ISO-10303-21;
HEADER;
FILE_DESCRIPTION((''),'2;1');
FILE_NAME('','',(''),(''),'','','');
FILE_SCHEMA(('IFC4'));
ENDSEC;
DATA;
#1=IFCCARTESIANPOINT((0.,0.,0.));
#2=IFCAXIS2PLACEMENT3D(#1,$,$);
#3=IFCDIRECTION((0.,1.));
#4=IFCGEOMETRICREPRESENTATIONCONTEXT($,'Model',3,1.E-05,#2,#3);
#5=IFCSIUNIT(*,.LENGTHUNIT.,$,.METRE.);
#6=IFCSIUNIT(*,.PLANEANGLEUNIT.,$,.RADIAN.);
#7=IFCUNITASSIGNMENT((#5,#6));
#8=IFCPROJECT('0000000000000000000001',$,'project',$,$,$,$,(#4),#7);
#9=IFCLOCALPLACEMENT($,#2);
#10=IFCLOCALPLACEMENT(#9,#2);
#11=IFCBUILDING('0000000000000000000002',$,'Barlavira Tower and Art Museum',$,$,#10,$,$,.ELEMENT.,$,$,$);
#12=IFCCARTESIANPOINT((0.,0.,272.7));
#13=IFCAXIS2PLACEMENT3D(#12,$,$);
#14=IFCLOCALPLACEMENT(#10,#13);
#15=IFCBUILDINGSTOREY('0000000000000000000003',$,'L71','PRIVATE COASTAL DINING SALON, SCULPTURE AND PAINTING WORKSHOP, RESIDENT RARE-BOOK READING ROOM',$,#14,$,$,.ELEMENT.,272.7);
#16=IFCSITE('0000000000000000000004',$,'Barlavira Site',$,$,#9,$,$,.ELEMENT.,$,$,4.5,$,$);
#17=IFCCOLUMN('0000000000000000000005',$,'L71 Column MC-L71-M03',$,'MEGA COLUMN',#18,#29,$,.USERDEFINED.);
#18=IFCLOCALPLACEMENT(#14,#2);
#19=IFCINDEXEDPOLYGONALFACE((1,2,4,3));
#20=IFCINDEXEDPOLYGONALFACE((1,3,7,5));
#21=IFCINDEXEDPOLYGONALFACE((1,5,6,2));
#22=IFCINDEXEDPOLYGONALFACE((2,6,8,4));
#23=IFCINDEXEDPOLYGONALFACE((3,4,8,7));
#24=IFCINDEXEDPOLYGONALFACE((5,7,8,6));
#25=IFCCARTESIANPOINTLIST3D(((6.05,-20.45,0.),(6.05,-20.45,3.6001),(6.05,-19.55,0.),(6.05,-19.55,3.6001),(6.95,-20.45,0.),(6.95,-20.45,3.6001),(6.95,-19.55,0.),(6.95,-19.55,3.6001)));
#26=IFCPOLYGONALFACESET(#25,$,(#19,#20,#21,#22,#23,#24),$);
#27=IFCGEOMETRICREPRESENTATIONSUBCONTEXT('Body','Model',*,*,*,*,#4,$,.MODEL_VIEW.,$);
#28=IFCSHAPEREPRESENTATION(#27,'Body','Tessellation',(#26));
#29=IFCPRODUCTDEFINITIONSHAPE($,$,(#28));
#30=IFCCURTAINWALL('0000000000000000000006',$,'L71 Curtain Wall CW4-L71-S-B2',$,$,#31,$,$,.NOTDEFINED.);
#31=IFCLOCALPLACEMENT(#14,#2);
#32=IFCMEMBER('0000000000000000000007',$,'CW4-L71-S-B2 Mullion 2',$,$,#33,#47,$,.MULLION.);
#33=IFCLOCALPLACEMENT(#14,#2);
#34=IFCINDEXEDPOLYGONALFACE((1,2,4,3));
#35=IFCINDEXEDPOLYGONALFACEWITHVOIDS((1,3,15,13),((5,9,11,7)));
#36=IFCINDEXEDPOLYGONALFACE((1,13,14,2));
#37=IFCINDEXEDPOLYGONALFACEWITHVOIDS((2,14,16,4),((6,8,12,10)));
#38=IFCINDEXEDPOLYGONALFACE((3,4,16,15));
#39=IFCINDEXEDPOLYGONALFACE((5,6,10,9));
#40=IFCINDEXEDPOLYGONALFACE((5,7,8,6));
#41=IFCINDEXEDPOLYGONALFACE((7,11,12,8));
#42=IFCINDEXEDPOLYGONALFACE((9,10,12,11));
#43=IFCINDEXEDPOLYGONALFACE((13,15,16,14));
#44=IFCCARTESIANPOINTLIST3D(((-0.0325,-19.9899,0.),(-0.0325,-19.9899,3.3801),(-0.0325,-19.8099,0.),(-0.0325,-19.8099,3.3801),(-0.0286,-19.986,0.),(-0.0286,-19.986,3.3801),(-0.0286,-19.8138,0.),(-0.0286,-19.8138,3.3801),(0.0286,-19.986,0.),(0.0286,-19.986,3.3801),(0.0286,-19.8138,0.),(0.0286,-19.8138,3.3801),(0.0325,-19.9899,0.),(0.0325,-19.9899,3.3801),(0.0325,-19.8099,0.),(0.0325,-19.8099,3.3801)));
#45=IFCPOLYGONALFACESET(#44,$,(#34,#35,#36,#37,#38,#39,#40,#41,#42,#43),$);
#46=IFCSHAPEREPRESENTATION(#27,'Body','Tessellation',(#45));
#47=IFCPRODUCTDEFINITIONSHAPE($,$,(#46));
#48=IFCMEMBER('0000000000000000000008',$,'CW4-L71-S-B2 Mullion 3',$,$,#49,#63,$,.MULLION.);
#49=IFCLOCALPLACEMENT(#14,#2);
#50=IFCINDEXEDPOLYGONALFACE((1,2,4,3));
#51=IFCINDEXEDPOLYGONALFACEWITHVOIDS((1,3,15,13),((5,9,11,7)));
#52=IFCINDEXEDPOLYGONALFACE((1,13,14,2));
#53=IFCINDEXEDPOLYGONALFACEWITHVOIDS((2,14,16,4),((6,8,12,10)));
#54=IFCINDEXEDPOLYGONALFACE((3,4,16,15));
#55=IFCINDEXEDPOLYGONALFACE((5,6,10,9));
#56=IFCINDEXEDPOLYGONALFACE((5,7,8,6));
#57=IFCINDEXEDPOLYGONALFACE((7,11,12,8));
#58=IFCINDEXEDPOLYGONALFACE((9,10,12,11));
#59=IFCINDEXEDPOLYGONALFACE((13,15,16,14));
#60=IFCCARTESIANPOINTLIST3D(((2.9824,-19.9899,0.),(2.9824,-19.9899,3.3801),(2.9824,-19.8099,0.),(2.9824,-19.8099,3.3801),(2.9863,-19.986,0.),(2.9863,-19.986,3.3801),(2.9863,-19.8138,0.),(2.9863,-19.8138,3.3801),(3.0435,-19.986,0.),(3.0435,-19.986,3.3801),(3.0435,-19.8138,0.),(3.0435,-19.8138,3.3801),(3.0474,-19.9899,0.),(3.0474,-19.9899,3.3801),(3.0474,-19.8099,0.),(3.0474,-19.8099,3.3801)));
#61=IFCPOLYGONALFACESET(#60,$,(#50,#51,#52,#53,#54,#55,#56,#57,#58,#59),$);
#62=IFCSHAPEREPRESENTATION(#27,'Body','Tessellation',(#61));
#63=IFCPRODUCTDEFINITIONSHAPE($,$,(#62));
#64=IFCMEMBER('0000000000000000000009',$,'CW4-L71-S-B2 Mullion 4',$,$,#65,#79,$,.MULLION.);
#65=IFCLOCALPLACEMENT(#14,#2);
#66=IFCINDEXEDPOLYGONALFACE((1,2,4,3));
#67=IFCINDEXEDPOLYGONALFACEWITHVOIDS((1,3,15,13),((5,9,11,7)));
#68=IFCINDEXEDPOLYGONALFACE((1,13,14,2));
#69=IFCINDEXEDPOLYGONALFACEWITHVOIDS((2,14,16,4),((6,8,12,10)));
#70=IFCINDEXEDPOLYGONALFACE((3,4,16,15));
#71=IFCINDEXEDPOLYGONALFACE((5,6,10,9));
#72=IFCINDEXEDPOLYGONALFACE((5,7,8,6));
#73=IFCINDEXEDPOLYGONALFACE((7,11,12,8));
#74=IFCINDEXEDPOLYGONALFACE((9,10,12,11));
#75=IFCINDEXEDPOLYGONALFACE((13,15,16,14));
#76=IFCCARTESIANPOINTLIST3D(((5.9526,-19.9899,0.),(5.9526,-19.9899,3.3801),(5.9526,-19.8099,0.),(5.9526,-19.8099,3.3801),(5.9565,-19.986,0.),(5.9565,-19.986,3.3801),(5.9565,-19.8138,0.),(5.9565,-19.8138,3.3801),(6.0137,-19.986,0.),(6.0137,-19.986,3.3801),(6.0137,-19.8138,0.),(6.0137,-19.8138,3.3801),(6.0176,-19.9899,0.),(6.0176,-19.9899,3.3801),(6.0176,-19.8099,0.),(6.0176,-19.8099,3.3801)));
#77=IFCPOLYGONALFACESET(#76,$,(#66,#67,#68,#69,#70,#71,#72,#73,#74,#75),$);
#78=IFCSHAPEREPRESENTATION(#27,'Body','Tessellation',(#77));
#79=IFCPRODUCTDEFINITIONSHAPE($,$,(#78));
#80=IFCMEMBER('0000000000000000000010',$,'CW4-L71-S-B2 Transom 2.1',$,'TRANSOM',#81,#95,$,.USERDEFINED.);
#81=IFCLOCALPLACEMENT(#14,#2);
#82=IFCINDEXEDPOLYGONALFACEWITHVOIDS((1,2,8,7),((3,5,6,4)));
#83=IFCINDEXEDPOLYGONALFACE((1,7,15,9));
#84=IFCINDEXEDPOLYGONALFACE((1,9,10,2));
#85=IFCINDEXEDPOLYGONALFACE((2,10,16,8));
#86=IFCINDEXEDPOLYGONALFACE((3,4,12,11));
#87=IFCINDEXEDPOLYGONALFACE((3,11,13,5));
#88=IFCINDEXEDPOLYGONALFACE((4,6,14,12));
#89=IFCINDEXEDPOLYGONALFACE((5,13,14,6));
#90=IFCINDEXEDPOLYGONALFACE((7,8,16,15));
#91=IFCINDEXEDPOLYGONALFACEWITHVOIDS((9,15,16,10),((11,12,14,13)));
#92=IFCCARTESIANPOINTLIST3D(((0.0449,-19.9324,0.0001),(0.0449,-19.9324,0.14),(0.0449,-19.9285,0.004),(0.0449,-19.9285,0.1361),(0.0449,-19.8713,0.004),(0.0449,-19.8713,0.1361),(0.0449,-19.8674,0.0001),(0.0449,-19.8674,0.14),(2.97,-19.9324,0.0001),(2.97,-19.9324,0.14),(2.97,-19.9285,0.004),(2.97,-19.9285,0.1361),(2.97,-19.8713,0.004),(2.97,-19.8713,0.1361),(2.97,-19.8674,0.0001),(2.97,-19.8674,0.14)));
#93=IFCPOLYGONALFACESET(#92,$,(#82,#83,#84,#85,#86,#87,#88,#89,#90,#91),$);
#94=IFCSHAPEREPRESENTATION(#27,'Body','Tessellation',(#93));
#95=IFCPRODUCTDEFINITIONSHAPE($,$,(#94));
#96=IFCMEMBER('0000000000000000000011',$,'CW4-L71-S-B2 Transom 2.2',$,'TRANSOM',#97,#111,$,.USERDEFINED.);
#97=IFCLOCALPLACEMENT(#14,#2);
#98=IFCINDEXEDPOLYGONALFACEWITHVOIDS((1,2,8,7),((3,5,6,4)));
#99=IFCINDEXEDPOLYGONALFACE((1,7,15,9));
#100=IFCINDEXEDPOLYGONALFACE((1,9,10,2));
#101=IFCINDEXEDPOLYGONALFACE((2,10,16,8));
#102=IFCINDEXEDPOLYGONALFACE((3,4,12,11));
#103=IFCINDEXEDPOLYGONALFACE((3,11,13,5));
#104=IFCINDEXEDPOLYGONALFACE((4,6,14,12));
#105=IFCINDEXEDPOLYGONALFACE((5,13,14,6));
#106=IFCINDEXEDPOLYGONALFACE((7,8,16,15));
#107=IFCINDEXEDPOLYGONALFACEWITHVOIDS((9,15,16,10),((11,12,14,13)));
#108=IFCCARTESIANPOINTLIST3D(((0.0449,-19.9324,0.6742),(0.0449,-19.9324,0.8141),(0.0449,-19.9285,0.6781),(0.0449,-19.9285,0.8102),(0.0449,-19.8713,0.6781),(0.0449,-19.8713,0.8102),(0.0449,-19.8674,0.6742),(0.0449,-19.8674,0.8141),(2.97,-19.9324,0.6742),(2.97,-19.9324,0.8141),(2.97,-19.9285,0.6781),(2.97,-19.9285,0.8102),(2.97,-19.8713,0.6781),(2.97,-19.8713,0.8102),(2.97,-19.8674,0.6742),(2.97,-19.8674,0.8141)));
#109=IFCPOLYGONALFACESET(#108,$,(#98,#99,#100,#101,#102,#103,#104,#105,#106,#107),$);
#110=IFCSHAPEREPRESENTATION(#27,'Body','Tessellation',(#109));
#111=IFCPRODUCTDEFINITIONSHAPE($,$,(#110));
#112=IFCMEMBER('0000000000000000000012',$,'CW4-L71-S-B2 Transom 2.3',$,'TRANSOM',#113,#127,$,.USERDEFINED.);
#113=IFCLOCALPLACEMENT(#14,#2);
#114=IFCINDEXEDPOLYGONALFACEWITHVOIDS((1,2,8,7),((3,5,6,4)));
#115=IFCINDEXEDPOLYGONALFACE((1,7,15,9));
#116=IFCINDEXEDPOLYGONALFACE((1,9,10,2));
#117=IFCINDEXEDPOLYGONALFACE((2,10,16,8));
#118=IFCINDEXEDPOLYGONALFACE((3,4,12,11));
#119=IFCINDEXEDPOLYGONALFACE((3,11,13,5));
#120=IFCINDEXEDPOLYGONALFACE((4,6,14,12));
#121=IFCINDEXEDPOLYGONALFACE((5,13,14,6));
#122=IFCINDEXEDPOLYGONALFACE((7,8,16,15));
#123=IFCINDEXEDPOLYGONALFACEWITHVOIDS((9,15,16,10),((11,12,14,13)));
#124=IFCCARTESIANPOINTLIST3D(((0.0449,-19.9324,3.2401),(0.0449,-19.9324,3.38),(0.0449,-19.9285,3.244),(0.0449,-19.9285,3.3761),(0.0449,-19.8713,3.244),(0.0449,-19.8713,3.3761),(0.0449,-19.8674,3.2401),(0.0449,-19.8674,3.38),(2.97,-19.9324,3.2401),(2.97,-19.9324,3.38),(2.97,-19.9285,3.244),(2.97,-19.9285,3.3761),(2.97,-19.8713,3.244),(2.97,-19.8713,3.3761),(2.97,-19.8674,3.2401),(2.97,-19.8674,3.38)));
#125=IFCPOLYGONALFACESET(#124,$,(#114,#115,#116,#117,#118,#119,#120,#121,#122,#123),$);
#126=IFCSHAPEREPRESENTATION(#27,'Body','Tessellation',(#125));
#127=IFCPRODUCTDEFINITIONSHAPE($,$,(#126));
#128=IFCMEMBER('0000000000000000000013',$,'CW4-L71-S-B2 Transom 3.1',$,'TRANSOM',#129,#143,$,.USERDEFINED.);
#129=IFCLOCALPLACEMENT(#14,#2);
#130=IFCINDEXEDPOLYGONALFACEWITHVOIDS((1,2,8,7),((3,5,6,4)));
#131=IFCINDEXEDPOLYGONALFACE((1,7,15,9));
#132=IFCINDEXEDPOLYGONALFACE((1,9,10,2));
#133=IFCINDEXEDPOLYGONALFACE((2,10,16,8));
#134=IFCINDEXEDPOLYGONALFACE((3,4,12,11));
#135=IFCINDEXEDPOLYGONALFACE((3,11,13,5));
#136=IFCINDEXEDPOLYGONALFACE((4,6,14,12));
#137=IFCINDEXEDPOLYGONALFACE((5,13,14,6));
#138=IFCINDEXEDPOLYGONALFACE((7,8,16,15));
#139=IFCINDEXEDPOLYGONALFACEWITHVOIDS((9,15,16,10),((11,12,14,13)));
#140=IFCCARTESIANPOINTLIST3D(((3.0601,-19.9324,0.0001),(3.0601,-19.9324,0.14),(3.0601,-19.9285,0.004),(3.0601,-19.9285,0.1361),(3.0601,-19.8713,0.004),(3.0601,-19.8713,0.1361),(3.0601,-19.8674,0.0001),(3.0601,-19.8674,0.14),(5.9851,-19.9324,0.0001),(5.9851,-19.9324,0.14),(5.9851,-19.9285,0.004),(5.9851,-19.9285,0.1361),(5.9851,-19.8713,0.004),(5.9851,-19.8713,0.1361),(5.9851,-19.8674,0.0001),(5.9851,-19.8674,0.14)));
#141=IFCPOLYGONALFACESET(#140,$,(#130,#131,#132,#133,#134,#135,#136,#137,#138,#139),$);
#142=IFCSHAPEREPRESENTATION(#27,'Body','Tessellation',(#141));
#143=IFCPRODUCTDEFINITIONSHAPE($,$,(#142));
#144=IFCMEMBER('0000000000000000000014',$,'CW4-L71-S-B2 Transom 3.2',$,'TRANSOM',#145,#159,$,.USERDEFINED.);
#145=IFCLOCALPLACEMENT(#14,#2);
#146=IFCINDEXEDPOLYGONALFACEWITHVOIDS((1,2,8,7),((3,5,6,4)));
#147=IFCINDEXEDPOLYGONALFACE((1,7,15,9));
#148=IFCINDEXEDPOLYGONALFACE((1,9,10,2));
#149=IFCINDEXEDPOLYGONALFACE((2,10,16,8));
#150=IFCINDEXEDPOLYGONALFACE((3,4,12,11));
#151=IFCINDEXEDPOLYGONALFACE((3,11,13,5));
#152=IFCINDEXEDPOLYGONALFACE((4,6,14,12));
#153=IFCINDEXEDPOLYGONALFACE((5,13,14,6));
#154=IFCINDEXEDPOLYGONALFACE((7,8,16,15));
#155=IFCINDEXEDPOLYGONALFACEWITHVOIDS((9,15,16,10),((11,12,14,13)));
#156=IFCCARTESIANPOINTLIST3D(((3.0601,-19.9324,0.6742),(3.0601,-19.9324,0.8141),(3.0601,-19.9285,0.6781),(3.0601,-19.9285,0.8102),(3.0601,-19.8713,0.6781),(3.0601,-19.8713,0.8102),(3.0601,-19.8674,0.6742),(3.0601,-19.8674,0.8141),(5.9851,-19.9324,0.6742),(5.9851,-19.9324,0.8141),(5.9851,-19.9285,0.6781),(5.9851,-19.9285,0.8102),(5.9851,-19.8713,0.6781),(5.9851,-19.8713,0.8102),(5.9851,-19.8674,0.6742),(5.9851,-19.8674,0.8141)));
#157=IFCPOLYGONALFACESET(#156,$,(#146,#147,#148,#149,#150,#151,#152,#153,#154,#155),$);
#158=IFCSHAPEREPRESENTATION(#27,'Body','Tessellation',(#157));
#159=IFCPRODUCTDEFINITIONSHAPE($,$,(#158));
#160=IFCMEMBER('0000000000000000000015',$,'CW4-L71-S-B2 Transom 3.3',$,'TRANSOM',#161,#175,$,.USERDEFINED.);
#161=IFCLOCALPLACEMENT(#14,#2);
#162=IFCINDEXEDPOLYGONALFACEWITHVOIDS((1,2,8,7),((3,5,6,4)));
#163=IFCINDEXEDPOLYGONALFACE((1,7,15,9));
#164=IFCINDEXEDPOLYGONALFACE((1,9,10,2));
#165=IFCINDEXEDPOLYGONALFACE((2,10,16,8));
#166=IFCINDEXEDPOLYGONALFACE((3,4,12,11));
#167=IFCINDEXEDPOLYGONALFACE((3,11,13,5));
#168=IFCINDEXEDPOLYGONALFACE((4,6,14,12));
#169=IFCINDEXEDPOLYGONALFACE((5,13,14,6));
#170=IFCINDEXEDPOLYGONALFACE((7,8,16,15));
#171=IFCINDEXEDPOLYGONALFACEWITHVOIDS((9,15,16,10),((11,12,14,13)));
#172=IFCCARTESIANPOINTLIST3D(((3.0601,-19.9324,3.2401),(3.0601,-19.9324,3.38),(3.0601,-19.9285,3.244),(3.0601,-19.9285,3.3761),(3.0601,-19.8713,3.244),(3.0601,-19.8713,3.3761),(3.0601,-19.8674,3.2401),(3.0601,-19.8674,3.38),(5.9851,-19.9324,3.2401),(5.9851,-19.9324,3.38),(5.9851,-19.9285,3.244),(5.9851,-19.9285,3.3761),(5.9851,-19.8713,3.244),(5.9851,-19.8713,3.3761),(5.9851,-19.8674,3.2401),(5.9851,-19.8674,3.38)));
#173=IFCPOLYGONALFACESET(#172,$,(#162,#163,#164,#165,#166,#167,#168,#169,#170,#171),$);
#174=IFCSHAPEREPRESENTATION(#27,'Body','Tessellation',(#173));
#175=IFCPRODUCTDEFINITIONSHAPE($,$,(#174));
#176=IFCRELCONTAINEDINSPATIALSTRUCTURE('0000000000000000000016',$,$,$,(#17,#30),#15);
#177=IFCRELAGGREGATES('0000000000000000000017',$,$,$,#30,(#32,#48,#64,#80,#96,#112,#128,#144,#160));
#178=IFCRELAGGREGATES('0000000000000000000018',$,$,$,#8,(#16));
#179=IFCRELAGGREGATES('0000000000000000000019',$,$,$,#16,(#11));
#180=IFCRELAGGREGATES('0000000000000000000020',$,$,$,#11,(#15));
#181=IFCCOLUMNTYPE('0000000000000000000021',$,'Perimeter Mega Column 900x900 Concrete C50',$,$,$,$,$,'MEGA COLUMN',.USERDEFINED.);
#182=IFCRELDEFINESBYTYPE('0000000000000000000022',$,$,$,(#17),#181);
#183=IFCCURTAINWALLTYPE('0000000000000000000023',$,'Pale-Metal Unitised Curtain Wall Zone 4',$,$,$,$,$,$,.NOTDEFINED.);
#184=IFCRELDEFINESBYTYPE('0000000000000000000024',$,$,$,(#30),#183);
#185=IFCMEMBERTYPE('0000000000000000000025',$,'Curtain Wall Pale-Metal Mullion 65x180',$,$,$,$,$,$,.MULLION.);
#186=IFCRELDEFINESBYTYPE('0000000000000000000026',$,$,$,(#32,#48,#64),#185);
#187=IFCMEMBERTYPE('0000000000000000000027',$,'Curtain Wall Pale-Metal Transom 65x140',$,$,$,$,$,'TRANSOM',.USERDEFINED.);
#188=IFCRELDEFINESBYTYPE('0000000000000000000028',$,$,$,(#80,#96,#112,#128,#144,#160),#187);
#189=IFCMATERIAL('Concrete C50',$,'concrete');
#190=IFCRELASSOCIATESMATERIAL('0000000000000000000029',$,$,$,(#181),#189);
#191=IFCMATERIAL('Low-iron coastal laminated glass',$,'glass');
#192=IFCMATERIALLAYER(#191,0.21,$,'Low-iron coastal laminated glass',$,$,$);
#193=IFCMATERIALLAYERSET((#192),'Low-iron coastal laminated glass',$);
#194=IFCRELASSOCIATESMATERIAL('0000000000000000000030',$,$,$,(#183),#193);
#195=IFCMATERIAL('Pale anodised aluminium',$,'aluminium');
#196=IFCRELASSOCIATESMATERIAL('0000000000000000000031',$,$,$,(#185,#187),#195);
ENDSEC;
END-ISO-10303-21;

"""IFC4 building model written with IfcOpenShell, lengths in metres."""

from ifc_helpers import new_model, si_unit, direction, frame, origin, origin_2d, place, context, subcontext, project, spatial, rectangle, hollow_rectangle, extrude, material, layer, layer_set, material_profile, profile_set, type_object, element, aggregate, save


model = new_model("IFC4")

# Units and contexts
model_context = context("Model", 3, precision=1e-05, world=origin(), true_north=direction((0.0, 1.0)))
body_context = subcontext(model_context, "Body", "Model", "MODEL_VIEW")
ifc_project = project(units=[si_unit("LENGTHUNIT", "METRE"), si_unit("PLANEANGLEUNIT", "RADIAN")], contexts=[model_context])

# Site, building, storey
site_placement = place(None, origin())
site = spatial("IfcSite", under=ifc_project, at=site_placement, Name="Barlavira Site", CompositionType="ELEMENT", RefElevation=4.5)
building_placement = place(site_placement, origin())
building = spatial("IfcBuilding", under=site, at=building_placement, Name="Barlavira Tower and Art Museum", CompositionType="ELEMENT")
storey_placement = place(building_placement, frame((0.0, 0.0, 272.7)))
storey = spatial("IfcBuildingStorey", under=building, at=storey_placement, Name="L71", Description="PRIVATE COASTAL DINING SALON, SCULPTURE AND PAINTING WORKSHOP, RESIDENT RARE-BOOK READING ROOM", CompositionType="ELEMENT", Elevation=272.7)

# Column
ifc_material_1 = material(Name="Concrete C50", Category="concrete")
ifc_material_profile_1 = material_profile(ifc_material_1, rectangle(XDim=0.8999, YDim=0.8999, at=origin_2d()), Name="RC-COL 900x900")
ifc_profile_set_1 = profile_set([ifc_material_profile_1], Name="Concrete C50")
column_type = type_object("IfcColumnType", Name="Perimeter Mega Column 900x900 Concrete C50", ElementType="MEGA COLUMN", PredefinedType="USERDEFINED", material=ifc_profile_set_1)
column_placement = place(storey_placement, frame((6.5, -20.0, 0.0), z_axis=(0.0, 0.0, 1.0), x_axis=(1.0, 0.0, 0.0)))
element("IfcColumn", 1, at=column_placement, inside=storey, type_object=column_type, Name="L71 Column MC-L71-M03", ObjectType="MEGA COLUMN", PredefinedType="USERDEFINED", context=body_context, shape_type="SweptSolid", body=[
    extrude(rectangle(XDim=0.8999, YDim=0.8999, at=origin_2d()), origin(), (0.0, 0.0, 1.0), 3.6001),
])

# Curtain wall, members
ifc_material_2 = material(Name="Low-iron coastal laminated glass", Category="glass")
ifc_layer_1 = layer(ifc_material_2, 0.21, Name="Low-iron coastal laminated glass")
ifc_layer_set_1 = layer_set([ifc_layer_1], Name="Low-iron coastal laminated glass")
curtain_wall_type = type_object("IfcCurtainWallType", Name="Pale-Metal Unitised Curtain Wall Zone 4", PredefinedType="NOTDEFINED", material=ifc_layer_set_1)
curtain_wall_placement = place(storey_placement, origin())
curtain_wall = element("IfcCurtainWall", 2, at=curtain_wall_placement, inside=storey, type_object=curtain_wall_type, Name="L71 Curtain Wall CW4-L71-S-B2", PredefinedType="NOTDEFINED")
ifc_material_3 = material(Name="Pale anodised aluminium", Category="aluminium")
ifc_material_profile_2 = material_profile(ifc_material_3, hollow_rectangle(XDim=0.0649, YDim=0.1799, WallThickness=0.0039, at=origin_2d()), Name="ALU-MULL 65x180x4")
ifc_profile_set_2 = profile_set([ifc_material_profile_2], Name="Pale anodised aluminium")
member_type_1 = type_object("IfcMemberType", Name="Curtain Wall Pale-Metal Mullion 65x180", PredefinedType="MULLION", material=ifc_profile_set_2)
member_1_placement = place(storey_placement, frame((0.0, -19.8999, 0.0), z_axis=(0.0, 0.0, 1.0), x_axis=(1.0, 0.0, 0.0)))
member_1 = element("IfcMember", 3, at=member_1_placement, type_object=member_type_1, Name="CW4-L71-S-B2 Mullion 2", PredefinedType="MULLION", context=body_context, shape_type="SweptSolid", body=[
    extrude(hollow_rectangle(XDim=0.0649, YDim=0.1799, WallThickness=0.0039, at=origin_2d()), origin(), (0.0, 0.0, 1.0), 3.3801),
])
member_2_placement = place(storey_placement, frame((3.0149, -19.8999, 0.0), z_axis=(0.0, 0.0, 1.0), x_axis=(1.0, 0.0, 0.0)))
member_2 = element("IfcMember", 4, at=member_2_placement, type_object=member_type_1, Name="CW4-L71-S-B2 Mullion 3", PredefinedType="MULLION", context=body_context, shape_type="SweptSolid", body=[
    extrude(hollow_rectangle(XDim=0.0649, YDim=0.1799, WallThickness=0.0039, at=origin_2d()), origin(), (0.0, 0.0, 1.0), 3.3801),
])
member_3_placement = place(storey_placement, frame((5.9851, -19.8999, 0.0), z_axis=(0.0, 0.0, 1.0), x_axis=(1.0, 0.0, 0.0)))
member_3 = element("IfcMember", 5, at=member_3_placement, type_object=member_type_1, Name="CW4-L71-S-B2 Mullion 4", PredefinedType="MULLION", context=body_context, shape_type="SweptSolid", body=[
    extrude(hollow_rectangle(XDim=0.0649, YDim=0.1799, WallThickness=0.0039, at=origin_2d()), origin(), (0.0, 0.0, 1.0), 3.3801),
])
ifc_material_profile_3 = material_profile(ifc_material_3, hollow_rectangle(XDim=0.0649, YDim=0.1399, WallThickness=0.0039, at=origin_2d()), Name="ALU-TRAN 65x140x4")
ifc_profile_set_3 = profile_set([ifc_material_profile_3], Name="Pale anodised aluminium")
member_type_2 = type_object("IfcMemberType", Name="Curtain Wall Pale-Metal Transom 65x140", ElementType="TRANSOM", PredefinedType="USERDEFINED", material=ifc_profile_set_3)
member_4_placement = place(storey_placement, frame((0.0449, -19.8999, 0.0701), z_axis=(1.0, 0.0, 0.0), x_axis=(0.0, 1.0, 0.0)))
member_4 = element("IfcMember", 6, at=member_4_placement, type_object=member_type_2, Name="CW4-L71-S-B2 Transom 2.1", ObjectType="TRANSOM", PredefinedType="USERDEFINED", context=body_context, shape_type="SweptSolid", body=[
    extrude(hollow_rectangle(XDim=0.0649, YDim=0.1399, WallThickness=0.0039, at=origin_2d()), origin(), (0.0, 0.0, 1.0), 2.925),
])
member_5_placement = place(storey_placement, frame((0.0449, -19.8999, 0.7441), z_axis=(1.0, 0.0, 0.0), x_axis=(0.0, 1.0, 0.0)))
member_5 = element("IfcMember", 7, at=member_5_placement, type_object=member_type_2, Name="CW4-L71-S-B2 Transom 2.2", ObjectType="TRANSOM", PredefinedType="USERDEFINED", context=body_context, shape_type="SweptSolid", body=[
    extrude(hollow_rectangle(XDim=0.0649, YDim=0.1399, WallThickness=0.0039, at=origin_2d()), origin(), (0.0, 0.0, 1.0), 2.925),
])
member_6_placement = place(storey_placement, frame((0.0449, -19.8999, 3.3101), z_axis=(1.0, 0.0, 0.0), x_axis=(0.0, 1.0, 0.0)))
member_6 = element("IfcMember", 8, at=member_6_placement, type_object=member_type_2, Name="CW4-L71-S-B2 Transom 2.3", ObjectType="TRANSOM", PredefinedType="USERDEFINED", context=body_context, shape_type="SweptSolid", body=[
    extrude(hollow_rectangle(XDim=0.0649, YDim=0.1399, WallThickness=0.0039, at=origin_2d()), origin(), (0.0, 0.0, 1.0), 2.925),
])
member_7_placement = place(storey_placement, frame((3.0601, -19.8999, 0.0701), z_axis=(1.0, 0.0, 0.0), x_axis=(0.0, 1.0, 0.0)))
member_7 = element("IfcMember", 9, at=member_7_placement, type_object=member_type_2, Name="CW4-L71-S-B2 Transom 3.1", ObjectType="TRANSOM", PredefinedType="USERDEFINED", context=body_context, shape_type="SweptSolid", body=[
    extrude(hollow_rectangle(XDim=0.0649, YDim=0.1399, WallThickness=0.0039, at=origin_2d()), origin(), (0.0, 0.0, 1.0), 2.925),
])
member_8_placement = place(storey_placement, frame((3.0601, -19.8999, 0.7441), z_axis=(1.0, 0.0, 0.0), x_axis=(0.0, 1.0, 0.0)))
member_8 = element("IfcMember", 10, at=member_8_placement, type_object=member_type_2, Name="CW4-L71-S-B2 Transom 3.2", ObjectType="TRANSOM", PredefinedType="USERDEFINED", context=body_context, shape_type="SweptSolid", body=[
    extrude(hollow_rectangle(XDim=0.0649, YDim=0.1399, WallThickness=0.0039, at=origin_2d()), origin(), (0.0, 0.0, 1.0), 2.925),
])
member_9_placement = place(storey_placement, frame((3.0601, -19.8999, 3.3101), z_axis=(1.0, 0.0, 0.0), x_axis=(0.0, 1.0, 0.0)))
member_9 = element("IfcMember", 11, at=member_9_placement, type_object=member_type_2, Name="CW4-L71-S-B2 Transom 3.3", ObjectType="TRANSOM", PredefinedType="USERDEFINED", context=body_context, shape_type="SweptSolid", body=[
    extrude(hollow_rectangle(XDim=0.0649, YDim=0.1399, WallThickness=0.0039, at=origin_2d()), origin(), (0.0, 0.0, 1.0), 2.925),
])

aggregate(curtain_wall, [member_1, member_2, member_3, member_4, member_5, member_6, member_7, member_8, member_9])

save(model, "model.ifc")
